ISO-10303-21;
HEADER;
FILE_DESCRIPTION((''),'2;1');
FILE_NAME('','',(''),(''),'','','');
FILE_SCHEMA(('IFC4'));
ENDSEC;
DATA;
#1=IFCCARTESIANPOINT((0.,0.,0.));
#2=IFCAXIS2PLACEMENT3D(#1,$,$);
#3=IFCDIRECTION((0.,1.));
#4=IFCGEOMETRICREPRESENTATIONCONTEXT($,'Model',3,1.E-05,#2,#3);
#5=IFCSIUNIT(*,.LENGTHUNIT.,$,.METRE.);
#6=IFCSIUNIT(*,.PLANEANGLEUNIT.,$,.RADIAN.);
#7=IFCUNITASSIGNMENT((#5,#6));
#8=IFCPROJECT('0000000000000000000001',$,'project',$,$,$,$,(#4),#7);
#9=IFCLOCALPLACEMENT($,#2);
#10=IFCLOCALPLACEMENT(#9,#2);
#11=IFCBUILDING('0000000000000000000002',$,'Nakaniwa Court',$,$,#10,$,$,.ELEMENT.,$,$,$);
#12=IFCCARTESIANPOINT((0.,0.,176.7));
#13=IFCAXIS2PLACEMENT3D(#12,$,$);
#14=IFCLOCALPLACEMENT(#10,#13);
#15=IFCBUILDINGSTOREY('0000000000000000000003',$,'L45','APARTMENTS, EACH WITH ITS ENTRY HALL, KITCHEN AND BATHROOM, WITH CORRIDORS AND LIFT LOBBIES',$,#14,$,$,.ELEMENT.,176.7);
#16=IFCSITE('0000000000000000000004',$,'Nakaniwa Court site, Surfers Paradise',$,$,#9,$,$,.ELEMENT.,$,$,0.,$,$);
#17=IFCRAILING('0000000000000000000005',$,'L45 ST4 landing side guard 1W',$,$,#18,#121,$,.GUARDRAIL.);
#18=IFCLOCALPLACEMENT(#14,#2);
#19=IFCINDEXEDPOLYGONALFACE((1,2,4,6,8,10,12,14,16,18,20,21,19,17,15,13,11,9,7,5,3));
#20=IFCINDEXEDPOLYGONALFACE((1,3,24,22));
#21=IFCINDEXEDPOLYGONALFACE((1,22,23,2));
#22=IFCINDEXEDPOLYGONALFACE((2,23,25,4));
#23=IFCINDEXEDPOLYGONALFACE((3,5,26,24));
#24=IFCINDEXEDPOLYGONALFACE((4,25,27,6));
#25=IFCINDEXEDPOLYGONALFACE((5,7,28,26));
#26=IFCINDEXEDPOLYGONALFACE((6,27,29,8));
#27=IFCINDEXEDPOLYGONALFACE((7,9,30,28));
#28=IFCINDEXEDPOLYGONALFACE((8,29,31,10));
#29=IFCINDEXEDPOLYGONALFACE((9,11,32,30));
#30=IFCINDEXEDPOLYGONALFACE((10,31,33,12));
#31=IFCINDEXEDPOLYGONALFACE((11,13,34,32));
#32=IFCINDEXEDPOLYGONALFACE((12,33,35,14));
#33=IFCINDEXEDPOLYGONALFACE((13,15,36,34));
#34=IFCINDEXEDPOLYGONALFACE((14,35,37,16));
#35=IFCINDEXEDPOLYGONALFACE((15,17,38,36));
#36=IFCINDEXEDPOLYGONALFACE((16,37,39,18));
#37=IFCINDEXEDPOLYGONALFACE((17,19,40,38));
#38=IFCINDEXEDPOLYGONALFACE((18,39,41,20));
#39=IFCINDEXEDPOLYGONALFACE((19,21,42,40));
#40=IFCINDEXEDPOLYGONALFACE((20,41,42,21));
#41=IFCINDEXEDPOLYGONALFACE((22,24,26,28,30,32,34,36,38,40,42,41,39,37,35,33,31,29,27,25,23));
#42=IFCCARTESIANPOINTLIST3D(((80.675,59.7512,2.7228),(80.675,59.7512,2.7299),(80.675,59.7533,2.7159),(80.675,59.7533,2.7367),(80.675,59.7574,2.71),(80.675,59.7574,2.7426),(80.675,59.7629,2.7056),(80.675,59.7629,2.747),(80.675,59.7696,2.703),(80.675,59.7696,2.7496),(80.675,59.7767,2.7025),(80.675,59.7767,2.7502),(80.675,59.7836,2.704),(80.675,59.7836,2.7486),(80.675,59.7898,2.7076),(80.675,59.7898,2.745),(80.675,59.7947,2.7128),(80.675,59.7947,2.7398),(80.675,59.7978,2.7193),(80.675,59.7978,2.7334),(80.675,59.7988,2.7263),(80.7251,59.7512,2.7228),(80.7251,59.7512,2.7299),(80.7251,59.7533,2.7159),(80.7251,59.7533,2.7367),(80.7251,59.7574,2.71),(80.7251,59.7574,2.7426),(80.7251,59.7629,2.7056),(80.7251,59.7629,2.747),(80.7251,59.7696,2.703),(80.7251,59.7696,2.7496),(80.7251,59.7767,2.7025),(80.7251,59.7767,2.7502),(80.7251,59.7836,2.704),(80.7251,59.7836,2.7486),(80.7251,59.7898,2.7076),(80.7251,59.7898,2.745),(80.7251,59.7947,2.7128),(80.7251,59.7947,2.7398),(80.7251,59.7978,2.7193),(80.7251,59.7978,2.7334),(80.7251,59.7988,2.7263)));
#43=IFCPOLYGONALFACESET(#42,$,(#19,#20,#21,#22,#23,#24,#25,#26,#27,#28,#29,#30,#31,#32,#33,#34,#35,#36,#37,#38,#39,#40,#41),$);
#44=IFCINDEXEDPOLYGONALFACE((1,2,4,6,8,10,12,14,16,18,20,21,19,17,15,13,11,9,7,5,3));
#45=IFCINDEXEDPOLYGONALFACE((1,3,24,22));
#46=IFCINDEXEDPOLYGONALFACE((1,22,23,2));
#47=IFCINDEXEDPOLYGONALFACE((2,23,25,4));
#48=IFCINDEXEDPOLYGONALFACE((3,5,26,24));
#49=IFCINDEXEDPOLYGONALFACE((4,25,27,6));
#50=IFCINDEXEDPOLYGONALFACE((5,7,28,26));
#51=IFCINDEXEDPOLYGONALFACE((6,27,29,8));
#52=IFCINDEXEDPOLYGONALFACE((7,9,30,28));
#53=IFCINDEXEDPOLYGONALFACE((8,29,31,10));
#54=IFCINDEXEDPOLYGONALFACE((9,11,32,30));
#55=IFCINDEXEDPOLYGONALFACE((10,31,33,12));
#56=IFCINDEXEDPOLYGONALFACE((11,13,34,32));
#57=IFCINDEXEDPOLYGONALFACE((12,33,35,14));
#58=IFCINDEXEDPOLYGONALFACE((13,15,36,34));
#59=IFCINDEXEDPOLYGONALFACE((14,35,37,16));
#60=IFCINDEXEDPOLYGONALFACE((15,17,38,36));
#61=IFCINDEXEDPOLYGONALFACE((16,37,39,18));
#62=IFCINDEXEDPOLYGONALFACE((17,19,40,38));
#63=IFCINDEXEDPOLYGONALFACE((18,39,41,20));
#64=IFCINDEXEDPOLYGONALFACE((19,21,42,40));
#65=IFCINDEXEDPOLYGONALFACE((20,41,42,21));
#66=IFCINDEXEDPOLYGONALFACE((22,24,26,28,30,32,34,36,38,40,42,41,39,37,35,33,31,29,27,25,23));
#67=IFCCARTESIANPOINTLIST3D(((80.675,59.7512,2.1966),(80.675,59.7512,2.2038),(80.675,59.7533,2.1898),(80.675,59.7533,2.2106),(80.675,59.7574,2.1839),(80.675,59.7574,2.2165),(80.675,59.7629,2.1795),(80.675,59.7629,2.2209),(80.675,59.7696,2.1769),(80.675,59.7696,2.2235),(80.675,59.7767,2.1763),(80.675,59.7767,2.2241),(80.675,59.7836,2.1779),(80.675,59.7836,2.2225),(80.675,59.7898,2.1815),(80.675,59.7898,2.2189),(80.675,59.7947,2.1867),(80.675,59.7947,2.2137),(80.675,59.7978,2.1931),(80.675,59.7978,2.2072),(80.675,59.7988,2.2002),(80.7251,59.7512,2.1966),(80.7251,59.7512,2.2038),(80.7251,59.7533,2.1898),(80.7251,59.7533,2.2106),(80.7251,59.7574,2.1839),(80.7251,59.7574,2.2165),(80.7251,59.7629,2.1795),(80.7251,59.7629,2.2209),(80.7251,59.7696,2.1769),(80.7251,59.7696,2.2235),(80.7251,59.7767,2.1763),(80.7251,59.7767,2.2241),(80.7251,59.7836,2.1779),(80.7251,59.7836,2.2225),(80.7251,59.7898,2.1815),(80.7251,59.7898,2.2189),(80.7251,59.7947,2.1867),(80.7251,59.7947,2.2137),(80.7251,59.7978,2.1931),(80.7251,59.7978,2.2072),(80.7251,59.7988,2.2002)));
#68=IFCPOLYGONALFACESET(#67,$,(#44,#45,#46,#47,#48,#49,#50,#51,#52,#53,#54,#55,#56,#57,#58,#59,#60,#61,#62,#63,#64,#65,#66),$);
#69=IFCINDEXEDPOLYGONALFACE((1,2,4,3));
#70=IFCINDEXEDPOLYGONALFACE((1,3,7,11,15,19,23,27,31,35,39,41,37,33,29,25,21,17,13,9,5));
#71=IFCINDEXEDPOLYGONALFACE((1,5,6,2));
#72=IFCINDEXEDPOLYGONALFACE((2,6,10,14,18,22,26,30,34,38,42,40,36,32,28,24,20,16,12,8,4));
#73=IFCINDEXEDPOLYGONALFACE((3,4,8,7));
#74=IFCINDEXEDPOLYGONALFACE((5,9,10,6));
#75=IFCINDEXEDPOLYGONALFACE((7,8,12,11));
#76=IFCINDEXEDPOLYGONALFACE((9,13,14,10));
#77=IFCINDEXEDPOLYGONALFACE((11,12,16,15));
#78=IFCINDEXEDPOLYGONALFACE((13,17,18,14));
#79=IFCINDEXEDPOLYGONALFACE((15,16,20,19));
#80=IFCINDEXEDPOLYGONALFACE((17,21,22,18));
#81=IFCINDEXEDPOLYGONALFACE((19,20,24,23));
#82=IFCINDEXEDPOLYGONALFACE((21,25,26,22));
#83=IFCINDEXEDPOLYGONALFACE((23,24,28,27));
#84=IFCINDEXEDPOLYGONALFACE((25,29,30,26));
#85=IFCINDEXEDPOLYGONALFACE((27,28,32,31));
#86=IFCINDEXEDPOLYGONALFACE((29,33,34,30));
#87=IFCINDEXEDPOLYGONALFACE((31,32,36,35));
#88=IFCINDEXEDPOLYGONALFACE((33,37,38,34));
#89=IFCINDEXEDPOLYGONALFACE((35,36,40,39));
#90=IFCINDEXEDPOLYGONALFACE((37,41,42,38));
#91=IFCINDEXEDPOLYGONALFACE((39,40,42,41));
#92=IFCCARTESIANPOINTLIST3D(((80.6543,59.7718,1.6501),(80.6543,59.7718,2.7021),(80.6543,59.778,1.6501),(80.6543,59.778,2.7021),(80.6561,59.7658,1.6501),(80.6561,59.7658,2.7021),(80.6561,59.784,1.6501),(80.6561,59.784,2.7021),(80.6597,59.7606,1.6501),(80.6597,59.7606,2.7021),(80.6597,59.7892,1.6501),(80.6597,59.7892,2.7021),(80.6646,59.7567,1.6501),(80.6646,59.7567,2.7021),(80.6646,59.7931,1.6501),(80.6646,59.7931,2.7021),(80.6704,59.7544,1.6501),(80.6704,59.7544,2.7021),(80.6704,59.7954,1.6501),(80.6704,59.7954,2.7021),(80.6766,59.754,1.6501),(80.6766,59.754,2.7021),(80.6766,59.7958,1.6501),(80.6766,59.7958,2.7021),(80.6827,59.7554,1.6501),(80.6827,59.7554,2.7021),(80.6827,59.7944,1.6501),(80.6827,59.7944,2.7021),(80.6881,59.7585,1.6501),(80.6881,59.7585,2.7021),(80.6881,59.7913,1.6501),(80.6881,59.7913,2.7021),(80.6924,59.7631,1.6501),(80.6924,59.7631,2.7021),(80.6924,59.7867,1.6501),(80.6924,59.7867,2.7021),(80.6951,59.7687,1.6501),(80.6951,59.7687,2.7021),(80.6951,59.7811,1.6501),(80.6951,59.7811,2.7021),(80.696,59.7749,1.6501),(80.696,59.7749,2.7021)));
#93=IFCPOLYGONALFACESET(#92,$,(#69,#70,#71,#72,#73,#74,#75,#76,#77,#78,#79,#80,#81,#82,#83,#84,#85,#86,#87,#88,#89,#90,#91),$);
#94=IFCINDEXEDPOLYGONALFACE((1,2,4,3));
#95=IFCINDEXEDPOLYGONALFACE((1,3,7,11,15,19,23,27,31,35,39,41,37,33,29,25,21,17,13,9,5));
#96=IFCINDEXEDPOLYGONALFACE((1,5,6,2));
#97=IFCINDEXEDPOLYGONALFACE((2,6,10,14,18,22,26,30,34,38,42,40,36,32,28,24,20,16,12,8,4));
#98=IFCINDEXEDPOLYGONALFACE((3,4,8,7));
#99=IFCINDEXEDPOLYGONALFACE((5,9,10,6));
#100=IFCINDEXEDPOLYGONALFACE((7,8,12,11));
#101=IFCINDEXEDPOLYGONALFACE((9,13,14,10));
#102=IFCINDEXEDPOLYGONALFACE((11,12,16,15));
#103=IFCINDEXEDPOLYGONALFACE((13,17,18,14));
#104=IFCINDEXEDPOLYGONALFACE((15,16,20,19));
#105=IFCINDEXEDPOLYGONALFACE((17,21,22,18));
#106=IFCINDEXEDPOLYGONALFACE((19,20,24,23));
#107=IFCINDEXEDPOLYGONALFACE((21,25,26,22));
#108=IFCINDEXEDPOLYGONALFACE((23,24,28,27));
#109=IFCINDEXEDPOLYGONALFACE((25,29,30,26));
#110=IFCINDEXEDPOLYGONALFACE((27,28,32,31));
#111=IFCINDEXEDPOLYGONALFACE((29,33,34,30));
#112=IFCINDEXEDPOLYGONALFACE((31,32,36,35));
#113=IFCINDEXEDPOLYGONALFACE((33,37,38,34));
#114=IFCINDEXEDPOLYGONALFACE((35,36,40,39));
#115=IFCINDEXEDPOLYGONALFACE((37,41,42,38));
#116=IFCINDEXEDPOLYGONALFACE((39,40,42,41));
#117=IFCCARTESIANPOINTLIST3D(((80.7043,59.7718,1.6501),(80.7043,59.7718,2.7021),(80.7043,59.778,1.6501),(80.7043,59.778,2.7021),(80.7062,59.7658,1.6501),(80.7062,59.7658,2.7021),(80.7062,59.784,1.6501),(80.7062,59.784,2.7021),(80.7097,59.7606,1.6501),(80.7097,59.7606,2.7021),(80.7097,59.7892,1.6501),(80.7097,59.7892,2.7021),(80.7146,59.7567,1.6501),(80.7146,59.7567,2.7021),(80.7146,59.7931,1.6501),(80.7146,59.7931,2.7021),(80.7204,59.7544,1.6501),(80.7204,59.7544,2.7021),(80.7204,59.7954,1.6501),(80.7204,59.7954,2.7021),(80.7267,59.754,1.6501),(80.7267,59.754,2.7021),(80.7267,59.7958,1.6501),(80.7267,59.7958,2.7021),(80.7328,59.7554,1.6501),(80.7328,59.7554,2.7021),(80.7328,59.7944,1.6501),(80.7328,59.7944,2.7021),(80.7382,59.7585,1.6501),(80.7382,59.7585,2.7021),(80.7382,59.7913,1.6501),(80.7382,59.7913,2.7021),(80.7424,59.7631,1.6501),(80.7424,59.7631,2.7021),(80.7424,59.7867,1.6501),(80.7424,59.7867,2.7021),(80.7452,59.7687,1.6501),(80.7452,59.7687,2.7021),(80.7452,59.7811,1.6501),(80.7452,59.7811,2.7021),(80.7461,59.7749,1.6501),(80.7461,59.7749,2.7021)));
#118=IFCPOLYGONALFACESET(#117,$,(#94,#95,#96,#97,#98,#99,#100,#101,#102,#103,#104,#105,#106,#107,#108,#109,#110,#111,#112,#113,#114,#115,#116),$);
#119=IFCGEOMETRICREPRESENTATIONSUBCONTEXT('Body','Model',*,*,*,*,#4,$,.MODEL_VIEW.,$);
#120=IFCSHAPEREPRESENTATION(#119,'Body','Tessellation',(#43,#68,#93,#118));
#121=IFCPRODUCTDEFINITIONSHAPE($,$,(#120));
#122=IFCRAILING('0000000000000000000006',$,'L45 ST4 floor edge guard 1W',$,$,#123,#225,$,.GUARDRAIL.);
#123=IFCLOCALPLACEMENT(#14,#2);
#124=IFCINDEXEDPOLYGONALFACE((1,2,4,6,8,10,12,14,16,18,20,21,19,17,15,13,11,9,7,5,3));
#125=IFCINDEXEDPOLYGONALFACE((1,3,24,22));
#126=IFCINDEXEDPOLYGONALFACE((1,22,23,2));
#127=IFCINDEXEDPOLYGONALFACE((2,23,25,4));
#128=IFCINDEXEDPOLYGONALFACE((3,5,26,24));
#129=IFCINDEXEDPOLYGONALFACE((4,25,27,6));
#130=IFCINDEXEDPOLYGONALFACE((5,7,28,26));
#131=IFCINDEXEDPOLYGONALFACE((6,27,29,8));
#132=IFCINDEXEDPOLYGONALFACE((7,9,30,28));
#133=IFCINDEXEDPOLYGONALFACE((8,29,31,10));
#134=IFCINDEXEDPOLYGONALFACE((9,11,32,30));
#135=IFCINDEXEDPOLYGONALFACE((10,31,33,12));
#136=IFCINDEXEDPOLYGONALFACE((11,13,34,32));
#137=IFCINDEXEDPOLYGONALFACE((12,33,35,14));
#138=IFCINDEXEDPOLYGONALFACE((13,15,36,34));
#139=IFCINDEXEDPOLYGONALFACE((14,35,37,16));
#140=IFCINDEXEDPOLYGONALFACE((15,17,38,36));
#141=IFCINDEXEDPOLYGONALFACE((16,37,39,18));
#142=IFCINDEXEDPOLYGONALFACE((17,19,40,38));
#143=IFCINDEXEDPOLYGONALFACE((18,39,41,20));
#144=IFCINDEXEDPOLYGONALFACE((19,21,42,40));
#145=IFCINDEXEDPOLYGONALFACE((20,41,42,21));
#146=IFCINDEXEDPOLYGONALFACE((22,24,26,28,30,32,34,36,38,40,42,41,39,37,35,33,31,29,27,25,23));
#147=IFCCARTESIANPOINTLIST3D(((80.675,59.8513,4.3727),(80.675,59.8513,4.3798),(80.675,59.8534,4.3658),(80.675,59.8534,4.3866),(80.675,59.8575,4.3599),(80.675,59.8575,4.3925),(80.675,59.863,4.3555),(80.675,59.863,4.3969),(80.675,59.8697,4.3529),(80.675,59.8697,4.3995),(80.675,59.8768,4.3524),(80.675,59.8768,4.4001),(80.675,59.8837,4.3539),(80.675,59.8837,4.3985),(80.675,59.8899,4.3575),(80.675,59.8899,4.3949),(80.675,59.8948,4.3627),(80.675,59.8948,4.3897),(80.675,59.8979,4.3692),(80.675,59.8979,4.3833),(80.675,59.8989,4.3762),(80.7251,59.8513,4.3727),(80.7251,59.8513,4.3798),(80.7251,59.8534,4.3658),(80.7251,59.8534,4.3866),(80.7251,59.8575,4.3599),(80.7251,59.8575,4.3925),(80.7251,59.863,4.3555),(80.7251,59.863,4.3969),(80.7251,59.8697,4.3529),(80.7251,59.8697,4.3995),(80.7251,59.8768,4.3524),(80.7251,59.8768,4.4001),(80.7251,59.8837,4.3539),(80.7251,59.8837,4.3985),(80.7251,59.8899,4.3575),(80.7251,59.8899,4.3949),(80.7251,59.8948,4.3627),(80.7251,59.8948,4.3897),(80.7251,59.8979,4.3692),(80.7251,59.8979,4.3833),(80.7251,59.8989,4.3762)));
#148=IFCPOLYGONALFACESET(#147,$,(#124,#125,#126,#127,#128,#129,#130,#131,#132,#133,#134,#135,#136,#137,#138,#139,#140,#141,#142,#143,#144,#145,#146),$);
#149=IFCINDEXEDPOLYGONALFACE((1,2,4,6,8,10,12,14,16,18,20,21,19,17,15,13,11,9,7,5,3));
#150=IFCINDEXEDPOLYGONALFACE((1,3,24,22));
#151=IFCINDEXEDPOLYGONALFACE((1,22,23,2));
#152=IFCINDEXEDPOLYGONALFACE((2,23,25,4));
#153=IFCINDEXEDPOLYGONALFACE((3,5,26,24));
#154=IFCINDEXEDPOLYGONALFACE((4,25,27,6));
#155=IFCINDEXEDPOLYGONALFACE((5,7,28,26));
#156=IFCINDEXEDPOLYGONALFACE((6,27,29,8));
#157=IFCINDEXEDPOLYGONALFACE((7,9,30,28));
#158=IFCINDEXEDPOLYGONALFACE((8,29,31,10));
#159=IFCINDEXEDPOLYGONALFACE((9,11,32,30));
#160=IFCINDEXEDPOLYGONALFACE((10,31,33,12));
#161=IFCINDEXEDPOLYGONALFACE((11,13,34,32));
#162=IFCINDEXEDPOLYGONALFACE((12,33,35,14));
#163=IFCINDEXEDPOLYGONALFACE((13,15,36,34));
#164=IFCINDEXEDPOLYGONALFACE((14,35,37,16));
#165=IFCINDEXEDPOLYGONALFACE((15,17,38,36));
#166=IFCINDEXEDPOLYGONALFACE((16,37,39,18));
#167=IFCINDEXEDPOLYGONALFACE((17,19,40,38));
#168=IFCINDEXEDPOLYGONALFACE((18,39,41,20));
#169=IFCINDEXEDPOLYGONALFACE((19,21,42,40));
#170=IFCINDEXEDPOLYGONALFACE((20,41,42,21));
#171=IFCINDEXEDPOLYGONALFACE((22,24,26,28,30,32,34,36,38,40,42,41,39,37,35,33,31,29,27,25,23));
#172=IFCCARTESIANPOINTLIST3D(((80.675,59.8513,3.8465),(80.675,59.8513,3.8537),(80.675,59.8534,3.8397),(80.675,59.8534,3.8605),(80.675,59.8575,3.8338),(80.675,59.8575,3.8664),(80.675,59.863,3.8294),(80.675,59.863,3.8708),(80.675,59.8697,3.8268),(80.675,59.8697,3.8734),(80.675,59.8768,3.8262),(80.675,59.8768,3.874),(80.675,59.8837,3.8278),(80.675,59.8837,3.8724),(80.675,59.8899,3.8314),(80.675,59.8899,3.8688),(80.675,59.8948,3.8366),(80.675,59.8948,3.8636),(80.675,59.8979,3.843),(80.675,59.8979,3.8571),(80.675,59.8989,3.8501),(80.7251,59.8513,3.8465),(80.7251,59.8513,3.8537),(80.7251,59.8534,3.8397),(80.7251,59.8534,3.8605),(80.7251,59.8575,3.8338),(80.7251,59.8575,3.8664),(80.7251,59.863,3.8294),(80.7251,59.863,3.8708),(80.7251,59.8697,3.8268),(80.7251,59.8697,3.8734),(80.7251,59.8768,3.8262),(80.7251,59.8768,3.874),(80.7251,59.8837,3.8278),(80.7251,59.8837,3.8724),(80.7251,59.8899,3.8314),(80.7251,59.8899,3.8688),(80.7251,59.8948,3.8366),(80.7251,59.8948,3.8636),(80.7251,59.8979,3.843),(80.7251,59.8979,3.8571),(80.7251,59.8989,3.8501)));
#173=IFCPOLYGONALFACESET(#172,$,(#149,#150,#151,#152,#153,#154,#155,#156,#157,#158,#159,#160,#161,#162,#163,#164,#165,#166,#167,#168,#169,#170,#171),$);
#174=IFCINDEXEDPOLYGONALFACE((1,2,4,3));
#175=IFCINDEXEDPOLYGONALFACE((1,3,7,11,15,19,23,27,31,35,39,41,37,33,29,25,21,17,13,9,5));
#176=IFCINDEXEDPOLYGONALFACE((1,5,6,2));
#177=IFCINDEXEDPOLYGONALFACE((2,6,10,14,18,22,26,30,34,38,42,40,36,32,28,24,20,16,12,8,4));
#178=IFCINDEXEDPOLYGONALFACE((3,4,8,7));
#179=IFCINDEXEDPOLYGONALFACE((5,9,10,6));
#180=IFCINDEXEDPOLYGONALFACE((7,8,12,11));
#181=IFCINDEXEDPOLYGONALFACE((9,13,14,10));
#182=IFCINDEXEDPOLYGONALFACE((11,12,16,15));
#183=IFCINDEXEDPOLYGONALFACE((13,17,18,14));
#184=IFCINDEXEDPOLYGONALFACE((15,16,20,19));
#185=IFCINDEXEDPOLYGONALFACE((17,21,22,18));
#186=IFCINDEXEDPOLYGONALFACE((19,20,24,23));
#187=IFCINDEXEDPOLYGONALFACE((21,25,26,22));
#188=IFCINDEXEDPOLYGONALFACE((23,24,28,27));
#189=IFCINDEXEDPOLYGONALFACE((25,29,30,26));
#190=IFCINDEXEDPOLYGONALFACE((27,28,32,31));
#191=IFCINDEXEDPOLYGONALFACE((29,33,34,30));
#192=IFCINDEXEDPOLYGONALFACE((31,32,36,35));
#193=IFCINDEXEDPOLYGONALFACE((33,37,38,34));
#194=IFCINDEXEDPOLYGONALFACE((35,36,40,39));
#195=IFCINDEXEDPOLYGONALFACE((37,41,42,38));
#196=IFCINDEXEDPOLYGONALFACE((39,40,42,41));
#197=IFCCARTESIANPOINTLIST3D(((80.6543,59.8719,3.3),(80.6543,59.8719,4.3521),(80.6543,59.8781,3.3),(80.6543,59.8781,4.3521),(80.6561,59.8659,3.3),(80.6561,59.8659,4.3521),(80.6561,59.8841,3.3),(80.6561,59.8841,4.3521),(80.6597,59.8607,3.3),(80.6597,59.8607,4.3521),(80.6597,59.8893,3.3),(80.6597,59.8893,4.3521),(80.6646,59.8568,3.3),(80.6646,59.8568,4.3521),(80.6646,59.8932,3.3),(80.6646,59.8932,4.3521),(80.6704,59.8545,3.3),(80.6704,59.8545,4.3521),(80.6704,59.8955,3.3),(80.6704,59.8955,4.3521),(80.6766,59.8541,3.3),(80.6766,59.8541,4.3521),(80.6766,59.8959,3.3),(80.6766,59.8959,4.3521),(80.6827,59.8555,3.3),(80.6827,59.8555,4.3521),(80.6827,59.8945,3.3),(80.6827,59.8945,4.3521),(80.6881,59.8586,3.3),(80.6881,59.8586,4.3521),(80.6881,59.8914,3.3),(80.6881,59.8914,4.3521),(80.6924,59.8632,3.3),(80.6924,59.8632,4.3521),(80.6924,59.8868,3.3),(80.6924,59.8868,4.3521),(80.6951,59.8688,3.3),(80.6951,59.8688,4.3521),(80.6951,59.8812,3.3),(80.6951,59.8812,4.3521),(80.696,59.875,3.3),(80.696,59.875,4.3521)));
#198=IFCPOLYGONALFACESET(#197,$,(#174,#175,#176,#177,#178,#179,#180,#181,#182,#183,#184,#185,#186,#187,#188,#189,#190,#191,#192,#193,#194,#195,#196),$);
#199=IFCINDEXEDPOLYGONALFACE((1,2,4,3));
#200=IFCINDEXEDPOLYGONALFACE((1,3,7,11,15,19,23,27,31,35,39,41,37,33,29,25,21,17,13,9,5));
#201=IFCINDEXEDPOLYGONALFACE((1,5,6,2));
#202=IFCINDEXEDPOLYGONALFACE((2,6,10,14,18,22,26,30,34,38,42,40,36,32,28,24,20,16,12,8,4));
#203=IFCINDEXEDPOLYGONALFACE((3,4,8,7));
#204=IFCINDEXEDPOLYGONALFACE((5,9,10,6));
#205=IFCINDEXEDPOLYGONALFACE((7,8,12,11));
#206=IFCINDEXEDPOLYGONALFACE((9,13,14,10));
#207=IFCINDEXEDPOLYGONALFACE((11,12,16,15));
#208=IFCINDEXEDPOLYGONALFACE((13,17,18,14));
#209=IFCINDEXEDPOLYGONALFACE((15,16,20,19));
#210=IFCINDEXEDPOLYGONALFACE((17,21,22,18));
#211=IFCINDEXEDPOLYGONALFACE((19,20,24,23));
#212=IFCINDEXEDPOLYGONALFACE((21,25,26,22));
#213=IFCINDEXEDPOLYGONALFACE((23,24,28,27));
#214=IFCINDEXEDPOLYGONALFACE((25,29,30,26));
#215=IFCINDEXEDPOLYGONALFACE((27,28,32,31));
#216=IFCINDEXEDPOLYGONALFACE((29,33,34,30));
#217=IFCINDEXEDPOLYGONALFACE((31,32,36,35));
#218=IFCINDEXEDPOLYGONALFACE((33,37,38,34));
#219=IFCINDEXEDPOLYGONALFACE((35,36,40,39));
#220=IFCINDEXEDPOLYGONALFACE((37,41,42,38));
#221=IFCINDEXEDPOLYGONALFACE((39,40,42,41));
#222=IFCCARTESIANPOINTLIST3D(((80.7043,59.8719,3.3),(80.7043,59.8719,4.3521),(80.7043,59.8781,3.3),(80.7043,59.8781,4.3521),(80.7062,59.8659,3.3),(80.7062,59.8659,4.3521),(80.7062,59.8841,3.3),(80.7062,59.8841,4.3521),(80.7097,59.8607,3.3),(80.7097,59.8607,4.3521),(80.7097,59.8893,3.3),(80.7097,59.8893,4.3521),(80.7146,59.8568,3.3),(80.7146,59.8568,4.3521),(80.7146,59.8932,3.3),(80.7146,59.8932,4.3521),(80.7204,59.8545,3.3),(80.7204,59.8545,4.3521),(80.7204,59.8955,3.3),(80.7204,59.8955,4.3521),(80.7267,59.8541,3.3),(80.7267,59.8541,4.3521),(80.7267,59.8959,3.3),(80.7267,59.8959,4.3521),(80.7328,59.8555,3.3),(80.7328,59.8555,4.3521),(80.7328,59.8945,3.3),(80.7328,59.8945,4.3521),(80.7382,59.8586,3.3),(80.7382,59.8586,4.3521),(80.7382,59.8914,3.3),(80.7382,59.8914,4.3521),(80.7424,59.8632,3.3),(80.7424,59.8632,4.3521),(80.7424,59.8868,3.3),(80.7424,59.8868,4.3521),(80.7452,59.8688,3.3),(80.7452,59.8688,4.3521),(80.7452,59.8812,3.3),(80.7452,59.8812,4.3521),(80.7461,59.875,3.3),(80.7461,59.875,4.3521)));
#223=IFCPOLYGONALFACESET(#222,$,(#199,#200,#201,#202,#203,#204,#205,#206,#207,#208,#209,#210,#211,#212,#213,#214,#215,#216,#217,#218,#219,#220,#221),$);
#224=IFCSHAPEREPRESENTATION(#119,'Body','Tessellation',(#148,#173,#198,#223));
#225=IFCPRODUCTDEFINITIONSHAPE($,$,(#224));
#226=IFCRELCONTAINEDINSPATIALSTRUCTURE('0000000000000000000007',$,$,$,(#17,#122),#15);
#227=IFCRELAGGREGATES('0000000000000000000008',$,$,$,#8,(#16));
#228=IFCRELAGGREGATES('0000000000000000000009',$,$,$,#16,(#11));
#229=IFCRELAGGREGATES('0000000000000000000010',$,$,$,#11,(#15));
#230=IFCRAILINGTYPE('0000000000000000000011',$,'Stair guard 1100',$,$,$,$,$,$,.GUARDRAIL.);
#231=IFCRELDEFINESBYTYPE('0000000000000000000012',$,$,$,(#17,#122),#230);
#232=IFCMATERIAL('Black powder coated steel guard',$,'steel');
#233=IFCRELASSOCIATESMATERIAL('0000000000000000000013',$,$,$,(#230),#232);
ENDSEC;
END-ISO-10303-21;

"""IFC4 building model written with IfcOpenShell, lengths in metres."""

from ifc_helpers import new_model, si_unit, direction, frame, origin, origin_2d, place, context, subcontext, project, spatial, circle, extrude, material, type_object, element, save


model = new_model("IFC4")

# Units and contexts
model_context = context("Model", 3, precision=1e-05, world=origin(), true_north=direction((0.0, 1.0)))
body_context = subcontext(model_context, "Body", "Model", "MODEL_VIEW")
ifc_project = project(units=[si_unit("LENGTHUNIT", "METRE"), si_unit("PLANEANGLEUNIT", "RADIAN")], contexts=[model_context])

# Site, building, storey
site_placement = place(None, origin())
site = spatial("IfcSite", under=ifc_project, at=site_placement, Name="Nakaniwa Court site, Surfers Paradise", CompositionType="ELEMENT", RefElevation=0.0)
building_placement = place(site_placement, origin())
building = spatial("IfcBuilding", under=site, at=building_placement, Name="Nakaniwa Court", CompositionType="ELEMENT")
storey_placement = place(building_placement, frame((0.0, 0.0, 176.7)))
storey = spatial("IfcBuildingStorey", under=building, at=storey_placement, Name="L45", Description="APARTMENTS, EACH WITH ITS ENTRY HALL, KITCHEN AND BATHROOM, WITH CORRIDORS AND LIFT LOBBIES", CompositionType="ELEMENT", Elevation=176.7)

# Railings
ifc_material_1 = material(Name="Black powder coated steel guard", Category="steel")
railing_type_1 = type_object("IfcRailingType", Name="Stair guard 1100", PredefinedType="GUARDRAIL", material=ifc_material_1)
for number, where, name in (
    (1, (80.675, 59.7749, 1.6501), "L45 ST4 landing side guard 1W"),
    (2, (80.675, 59.875, 3.3), "L45 ST4 floor edge guard 1W"),
):
    element("IfcRailing", number, at=place(storey_placement, frame(where)), inside=storey, type_object=railing_type_1, Name=name, PredefinedType="GUARDRAIL", context=body_context, shape_type="SweptSolid", body=[
        extrude(circle(Radius=0.0239, at=origin_2d()), frame((0.0, 0.0, 1.0762), z_axis=(1.0, 0.0, 0.0), x_axis=(0.0, 1.0, 0.0)), (0.0, 0.0, 1.0), 0.05),
        extrude(circle(Radius=0.0239, at=origin_2d()), frame((0.0, 0.0, 0.55), z_axis=(1.0, 0.0, 0.0), x_axis=(0.0, 1.0, 0.0)), (0.0, 0.0, 1.0), 0.05),
        extrude(circle(Radius=0.021, at=origin_2d()), origin(), (0.0, 0.0, 1.0), 1.052),
        extrude(circle(Radius=0.021, at=origin_2d()), frame((0.05, 0.0, 0.0)), (0.0, 0.0, 1.0), 1.052),
    ])

save(model, "model.ifc")
